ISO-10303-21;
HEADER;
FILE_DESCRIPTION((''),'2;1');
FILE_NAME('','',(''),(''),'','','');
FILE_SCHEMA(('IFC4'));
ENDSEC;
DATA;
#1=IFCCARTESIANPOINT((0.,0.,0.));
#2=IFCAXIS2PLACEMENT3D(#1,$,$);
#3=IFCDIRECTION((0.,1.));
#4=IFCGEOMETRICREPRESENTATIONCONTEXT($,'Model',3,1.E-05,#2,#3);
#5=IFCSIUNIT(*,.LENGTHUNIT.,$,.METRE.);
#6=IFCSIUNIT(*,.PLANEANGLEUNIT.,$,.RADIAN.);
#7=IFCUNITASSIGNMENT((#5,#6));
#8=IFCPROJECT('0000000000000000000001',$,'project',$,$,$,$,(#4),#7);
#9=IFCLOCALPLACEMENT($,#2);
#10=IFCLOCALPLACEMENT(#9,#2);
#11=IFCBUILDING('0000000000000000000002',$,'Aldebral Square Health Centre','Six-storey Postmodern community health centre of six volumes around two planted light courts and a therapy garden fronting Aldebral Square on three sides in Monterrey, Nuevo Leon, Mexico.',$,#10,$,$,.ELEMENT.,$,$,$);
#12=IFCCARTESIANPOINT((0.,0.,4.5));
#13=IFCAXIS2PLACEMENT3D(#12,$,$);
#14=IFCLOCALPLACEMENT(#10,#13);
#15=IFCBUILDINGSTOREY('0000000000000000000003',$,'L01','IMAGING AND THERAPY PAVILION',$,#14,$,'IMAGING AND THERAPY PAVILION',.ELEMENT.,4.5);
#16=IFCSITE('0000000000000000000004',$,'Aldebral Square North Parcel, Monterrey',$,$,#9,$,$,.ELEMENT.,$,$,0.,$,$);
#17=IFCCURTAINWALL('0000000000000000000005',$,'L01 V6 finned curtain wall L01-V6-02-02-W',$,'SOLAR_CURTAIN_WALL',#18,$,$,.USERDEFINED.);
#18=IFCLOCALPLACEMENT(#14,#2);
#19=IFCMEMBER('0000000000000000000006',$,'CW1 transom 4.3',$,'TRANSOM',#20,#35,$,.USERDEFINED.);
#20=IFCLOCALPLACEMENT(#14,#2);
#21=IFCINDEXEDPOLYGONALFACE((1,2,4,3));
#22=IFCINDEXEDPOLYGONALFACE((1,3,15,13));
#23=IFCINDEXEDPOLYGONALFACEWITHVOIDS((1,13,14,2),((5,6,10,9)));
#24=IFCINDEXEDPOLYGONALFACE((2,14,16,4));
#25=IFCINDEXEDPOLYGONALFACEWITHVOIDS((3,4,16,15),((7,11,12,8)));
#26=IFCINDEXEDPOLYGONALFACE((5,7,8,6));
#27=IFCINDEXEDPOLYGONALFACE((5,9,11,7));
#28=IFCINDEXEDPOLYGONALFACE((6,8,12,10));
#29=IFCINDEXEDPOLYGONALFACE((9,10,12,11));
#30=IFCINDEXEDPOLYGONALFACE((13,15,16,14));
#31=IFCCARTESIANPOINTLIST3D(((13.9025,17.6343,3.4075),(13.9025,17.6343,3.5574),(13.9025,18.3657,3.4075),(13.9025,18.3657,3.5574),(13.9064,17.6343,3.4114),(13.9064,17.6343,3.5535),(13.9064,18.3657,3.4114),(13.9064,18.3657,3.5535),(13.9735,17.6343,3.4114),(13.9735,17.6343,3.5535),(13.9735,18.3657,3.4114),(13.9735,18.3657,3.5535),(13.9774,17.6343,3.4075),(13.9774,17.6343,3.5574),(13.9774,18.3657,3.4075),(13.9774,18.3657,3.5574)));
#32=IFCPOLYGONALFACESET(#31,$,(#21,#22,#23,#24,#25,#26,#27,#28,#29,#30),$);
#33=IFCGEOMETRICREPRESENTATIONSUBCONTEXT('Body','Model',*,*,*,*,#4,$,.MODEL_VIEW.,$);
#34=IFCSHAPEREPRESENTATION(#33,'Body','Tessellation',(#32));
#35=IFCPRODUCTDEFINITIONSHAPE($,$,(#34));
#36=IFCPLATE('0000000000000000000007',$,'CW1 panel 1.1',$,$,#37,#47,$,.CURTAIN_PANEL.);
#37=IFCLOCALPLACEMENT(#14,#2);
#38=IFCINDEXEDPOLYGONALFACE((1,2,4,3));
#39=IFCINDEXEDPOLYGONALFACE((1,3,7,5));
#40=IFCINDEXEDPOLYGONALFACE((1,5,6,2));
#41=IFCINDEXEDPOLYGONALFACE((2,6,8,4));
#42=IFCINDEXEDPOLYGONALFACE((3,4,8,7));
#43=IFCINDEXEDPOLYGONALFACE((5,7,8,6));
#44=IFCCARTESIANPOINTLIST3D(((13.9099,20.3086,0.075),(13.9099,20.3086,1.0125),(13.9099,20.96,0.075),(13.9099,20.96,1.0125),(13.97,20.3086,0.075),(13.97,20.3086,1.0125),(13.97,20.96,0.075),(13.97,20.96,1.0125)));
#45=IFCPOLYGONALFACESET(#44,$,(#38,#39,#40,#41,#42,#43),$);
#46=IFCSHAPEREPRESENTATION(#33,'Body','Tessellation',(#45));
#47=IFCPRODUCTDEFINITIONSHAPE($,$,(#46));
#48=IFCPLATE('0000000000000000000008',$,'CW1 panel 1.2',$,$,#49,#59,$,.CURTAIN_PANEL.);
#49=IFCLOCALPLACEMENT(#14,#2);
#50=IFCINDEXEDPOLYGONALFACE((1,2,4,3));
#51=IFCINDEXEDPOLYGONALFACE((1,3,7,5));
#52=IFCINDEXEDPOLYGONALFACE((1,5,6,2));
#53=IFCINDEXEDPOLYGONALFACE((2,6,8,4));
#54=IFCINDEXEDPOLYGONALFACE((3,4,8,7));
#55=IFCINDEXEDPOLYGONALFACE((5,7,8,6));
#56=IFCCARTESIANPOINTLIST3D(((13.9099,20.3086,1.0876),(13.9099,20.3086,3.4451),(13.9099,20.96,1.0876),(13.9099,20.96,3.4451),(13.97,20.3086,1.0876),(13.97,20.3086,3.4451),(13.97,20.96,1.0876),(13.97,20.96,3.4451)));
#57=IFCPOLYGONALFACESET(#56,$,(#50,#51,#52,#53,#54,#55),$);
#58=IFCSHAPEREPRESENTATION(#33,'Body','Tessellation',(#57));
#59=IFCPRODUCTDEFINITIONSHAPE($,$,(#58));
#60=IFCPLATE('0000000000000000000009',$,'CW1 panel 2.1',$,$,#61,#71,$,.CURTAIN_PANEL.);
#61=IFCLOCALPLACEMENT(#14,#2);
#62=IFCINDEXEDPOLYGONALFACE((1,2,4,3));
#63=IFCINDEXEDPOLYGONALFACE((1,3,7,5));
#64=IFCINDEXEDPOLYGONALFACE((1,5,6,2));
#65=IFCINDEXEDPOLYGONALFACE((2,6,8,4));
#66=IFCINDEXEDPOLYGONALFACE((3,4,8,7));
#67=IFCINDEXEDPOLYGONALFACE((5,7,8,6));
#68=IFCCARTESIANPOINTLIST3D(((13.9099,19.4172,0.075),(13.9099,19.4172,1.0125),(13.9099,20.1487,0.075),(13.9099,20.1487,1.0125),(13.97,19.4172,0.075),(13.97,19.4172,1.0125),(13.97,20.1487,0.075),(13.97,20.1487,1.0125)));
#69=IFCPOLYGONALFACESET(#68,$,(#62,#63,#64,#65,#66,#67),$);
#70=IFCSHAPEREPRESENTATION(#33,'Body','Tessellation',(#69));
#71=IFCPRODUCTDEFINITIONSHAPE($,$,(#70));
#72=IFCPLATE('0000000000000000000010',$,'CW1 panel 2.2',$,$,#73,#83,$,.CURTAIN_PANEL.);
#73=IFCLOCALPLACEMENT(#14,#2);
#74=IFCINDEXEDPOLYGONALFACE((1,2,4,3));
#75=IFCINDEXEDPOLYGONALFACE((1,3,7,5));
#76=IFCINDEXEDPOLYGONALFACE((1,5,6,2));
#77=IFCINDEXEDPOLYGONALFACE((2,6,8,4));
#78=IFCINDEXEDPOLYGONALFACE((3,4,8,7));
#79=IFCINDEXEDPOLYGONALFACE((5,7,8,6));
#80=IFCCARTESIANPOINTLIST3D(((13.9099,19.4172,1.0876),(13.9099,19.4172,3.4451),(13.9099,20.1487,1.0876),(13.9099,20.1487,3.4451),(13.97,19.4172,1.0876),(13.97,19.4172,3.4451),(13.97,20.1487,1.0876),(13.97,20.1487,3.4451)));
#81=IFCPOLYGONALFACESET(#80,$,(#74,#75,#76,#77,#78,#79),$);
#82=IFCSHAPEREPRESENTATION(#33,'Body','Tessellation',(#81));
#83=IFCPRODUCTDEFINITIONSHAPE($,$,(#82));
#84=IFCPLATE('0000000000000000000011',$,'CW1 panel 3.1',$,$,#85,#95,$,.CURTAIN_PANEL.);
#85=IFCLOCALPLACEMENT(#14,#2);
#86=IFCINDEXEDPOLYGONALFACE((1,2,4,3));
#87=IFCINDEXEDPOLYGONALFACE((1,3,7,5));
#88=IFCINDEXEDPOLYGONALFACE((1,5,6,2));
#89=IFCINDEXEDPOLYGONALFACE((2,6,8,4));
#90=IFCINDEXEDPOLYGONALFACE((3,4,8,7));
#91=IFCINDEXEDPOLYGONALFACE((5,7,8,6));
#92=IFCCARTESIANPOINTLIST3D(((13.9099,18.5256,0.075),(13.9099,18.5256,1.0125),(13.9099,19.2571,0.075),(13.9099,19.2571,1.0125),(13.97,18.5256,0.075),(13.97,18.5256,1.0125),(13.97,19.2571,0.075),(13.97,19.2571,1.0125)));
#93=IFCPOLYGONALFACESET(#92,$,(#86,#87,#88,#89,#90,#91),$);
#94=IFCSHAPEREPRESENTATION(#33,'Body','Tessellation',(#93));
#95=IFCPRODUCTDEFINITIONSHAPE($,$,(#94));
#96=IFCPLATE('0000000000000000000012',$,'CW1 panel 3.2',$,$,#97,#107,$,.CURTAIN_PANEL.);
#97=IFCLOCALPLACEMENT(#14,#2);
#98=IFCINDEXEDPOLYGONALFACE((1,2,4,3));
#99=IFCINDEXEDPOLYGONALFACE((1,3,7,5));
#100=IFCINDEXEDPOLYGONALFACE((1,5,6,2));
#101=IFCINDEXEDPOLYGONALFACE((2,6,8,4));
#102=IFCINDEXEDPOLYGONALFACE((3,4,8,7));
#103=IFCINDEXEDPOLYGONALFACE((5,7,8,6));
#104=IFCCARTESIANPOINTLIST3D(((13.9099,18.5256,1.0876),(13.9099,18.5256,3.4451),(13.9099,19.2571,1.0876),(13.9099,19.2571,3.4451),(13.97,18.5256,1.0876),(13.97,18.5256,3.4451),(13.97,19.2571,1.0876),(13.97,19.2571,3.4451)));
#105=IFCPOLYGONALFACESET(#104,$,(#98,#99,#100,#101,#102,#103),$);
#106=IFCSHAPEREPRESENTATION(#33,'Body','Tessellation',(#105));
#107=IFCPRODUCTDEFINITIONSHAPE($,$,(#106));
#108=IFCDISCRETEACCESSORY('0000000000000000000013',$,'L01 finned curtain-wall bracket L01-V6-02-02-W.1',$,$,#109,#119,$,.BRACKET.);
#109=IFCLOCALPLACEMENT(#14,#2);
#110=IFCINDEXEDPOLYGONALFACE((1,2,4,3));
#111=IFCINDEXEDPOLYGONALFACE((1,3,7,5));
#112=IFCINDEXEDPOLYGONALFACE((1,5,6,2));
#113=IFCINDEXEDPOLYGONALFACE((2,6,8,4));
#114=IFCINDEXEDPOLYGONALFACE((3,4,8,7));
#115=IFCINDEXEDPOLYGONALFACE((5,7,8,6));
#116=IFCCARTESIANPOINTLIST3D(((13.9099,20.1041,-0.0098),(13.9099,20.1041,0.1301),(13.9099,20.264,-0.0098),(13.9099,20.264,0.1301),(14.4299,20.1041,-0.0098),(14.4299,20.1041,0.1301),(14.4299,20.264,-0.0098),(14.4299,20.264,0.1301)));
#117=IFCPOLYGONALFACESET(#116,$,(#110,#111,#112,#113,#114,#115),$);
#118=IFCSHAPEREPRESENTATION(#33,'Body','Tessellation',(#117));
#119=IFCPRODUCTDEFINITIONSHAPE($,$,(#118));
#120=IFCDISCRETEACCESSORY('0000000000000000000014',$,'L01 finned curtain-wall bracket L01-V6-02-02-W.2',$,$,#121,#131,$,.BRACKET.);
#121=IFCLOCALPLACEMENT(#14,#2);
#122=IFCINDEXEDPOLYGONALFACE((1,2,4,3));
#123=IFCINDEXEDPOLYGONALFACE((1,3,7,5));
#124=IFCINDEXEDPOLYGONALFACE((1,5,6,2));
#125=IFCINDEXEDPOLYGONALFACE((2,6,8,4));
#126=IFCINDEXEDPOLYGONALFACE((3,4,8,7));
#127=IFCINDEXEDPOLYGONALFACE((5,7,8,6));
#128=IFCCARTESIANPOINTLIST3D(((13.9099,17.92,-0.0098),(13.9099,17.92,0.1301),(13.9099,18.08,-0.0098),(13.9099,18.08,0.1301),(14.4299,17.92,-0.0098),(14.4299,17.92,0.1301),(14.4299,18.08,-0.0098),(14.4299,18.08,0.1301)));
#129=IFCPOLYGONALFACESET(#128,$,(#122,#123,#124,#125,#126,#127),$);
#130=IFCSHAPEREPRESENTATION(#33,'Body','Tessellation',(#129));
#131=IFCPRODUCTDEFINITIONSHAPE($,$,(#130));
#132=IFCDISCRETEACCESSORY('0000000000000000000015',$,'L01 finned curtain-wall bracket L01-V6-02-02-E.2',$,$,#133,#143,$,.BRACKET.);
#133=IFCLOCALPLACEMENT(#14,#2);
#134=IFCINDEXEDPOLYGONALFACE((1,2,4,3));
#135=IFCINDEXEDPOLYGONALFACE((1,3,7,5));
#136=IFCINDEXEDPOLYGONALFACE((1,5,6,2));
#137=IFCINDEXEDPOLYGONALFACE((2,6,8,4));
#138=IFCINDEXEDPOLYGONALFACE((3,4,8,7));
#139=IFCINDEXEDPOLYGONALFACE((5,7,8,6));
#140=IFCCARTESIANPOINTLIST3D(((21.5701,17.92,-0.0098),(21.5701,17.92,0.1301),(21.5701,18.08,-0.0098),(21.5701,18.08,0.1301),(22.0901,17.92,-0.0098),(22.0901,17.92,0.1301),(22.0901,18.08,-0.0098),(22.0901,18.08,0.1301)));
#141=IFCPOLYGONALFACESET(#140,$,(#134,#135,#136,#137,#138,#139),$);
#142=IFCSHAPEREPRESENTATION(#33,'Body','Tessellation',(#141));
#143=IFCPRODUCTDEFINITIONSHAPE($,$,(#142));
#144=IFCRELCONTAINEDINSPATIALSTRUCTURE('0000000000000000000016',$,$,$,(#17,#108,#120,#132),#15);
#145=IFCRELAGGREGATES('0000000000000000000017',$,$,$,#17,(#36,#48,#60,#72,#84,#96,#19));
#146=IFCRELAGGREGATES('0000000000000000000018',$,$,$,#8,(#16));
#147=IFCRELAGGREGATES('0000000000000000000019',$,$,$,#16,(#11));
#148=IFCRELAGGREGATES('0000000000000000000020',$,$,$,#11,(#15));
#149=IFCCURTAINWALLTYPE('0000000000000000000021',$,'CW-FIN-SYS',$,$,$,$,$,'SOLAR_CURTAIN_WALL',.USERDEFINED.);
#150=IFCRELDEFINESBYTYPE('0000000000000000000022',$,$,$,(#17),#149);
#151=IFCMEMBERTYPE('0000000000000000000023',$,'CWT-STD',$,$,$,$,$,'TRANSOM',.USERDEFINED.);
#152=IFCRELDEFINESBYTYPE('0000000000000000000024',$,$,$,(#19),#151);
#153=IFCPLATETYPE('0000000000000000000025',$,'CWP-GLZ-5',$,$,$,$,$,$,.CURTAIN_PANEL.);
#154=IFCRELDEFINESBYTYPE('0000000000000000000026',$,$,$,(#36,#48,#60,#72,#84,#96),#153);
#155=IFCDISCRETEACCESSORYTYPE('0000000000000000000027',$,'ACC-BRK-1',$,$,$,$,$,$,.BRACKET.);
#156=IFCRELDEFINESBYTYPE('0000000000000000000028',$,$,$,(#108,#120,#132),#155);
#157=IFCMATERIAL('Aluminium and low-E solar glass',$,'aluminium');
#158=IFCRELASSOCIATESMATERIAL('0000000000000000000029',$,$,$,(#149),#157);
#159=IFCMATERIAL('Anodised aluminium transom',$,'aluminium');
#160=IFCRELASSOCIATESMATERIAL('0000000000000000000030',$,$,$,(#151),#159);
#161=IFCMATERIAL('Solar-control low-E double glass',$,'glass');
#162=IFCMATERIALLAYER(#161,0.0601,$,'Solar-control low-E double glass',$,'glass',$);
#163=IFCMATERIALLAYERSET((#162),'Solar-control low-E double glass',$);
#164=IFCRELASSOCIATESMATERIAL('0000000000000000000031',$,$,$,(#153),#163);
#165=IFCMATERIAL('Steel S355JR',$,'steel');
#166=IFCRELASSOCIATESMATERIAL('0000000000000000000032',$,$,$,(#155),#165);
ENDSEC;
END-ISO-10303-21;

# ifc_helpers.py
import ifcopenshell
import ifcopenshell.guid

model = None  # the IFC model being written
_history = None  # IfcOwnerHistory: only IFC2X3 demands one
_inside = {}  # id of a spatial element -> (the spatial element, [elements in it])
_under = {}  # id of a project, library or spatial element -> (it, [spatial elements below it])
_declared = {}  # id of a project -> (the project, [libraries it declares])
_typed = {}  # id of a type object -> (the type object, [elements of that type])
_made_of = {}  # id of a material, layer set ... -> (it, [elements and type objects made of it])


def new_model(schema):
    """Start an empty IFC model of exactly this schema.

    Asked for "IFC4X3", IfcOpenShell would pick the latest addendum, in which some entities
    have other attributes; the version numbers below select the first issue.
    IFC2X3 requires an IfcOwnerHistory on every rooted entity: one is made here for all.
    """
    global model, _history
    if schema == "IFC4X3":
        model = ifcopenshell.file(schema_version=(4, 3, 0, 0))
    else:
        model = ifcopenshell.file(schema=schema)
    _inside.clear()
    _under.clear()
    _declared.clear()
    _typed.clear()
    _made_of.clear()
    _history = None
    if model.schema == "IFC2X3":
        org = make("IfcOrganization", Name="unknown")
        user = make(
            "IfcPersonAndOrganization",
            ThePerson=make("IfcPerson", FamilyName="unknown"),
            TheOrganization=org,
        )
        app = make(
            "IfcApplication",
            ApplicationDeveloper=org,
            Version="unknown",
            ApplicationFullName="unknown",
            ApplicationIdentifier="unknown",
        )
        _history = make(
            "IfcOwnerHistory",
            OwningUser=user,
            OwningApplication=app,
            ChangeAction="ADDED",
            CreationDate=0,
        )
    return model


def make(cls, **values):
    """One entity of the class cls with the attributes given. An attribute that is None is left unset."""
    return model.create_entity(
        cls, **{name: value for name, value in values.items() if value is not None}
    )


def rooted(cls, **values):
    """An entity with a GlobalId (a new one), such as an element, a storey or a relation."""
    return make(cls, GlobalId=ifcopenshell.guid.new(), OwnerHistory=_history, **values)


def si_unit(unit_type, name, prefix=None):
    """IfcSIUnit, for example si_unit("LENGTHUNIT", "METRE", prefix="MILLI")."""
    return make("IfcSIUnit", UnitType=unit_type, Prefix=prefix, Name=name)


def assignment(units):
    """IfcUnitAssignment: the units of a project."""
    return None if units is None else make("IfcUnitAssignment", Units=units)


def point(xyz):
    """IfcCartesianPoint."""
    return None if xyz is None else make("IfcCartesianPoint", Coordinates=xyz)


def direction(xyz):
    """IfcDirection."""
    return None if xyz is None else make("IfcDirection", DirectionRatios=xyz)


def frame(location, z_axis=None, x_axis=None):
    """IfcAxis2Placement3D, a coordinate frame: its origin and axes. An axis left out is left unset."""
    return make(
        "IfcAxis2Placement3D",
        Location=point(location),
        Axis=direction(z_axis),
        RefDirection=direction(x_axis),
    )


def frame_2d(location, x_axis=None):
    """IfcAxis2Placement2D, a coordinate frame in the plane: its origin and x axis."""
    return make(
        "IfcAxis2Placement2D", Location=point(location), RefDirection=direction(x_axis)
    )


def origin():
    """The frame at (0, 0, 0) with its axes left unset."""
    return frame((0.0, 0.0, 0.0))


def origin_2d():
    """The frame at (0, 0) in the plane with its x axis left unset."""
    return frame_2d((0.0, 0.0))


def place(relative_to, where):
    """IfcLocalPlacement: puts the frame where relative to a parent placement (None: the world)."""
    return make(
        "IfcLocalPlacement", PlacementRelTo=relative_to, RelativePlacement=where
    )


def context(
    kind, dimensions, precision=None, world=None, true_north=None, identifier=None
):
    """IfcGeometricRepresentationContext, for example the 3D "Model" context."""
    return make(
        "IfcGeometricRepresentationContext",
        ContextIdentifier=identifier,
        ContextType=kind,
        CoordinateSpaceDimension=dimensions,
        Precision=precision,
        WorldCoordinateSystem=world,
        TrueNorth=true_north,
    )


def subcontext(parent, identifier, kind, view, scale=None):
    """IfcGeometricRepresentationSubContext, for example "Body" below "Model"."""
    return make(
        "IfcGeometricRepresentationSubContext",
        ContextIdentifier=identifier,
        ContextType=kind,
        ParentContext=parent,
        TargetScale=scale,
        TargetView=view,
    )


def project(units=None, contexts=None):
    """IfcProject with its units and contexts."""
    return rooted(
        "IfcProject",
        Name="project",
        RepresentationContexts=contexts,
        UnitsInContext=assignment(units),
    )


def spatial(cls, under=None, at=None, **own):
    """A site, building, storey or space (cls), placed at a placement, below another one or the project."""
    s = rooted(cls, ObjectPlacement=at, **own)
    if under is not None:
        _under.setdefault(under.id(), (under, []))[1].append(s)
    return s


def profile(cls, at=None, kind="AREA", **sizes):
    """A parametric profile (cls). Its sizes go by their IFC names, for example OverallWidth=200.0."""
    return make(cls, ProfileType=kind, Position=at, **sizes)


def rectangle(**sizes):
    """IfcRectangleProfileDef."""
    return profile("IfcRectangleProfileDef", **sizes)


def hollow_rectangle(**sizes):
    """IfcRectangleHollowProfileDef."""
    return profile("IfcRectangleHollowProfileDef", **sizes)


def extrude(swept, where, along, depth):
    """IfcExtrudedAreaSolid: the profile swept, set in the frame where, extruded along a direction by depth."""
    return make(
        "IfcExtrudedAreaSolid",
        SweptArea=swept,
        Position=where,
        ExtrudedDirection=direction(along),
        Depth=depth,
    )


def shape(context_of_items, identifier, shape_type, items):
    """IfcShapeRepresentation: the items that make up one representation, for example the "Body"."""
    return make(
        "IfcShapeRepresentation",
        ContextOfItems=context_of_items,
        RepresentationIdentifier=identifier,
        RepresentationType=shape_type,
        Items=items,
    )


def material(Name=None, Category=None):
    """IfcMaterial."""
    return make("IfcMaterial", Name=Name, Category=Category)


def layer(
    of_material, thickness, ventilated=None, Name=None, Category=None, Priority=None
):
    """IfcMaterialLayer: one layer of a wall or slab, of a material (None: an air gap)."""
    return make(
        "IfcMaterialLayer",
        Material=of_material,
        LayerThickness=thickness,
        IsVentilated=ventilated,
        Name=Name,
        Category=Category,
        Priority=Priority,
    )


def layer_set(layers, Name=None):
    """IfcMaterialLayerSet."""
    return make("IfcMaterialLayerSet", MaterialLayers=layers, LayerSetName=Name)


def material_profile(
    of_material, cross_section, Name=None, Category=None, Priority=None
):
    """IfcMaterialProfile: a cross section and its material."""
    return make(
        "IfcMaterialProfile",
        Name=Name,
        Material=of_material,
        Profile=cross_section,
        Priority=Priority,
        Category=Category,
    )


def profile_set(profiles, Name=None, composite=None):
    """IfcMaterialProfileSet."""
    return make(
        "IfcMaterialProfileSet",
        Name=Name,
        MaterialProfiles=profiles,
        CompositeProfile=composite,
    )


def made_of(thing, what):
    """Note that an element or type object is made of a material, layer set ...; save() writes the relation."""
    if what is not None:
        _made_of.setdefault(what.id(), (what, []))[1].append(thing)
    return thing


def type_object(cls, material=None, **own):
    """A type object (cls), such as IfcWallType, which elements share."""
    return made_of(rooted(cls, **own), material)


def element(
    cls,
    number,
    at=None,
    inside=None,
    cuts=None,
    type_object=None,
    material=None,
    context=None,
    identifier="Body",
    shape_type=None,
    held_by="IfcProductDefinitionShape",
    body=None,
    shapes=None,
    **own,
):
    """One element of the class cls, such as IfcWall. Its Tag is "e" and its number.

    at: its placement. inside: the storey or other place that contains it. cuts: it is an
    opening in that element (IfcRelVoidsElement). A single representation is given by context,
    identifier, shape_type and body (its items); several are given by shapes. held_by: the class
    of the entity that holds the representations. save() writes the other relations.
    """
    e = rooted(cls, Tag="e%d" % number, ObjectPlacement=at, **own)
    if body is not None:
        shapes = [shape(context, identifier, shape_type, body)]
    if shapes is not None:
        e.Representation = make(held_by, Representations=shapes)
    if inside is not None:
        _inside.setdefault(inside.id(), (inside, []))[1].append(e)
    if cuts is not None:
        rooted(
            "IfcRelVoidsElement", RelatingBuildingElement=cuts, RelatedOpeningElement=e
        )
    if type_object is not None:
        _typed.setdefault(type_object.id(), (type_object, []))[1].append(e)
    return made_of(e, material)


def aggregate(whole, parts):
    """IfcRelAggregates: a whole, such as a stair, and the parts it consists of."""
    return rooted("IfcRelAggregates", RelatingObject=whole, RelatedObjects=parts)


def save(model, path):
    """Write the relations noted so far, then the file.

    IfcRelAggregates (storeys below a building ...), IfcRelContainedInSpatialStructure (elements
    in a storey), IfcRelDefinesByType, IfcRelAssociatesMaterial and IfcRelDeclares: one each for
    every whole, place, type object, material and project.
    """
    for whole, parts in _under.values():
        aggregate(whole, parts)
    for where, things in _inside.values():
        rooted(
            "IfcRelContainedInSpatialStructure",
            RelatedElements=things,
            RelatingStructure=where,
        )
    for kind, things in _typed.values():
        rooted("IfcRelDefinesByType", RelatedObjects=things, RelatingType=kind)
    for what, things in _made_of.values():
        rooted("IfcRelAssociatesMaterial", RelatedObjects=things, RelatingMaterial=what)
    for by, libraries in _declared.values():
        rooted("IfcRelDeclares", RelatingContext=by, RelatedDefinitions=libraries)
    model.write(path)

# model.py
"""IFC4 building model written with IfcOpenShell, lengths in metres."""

from ifc_helpers import new_model, si_unit, direction, frame, origin, origin_2d, place, context, subcontext, project, spatial, rectangle, hollow_rectangle, extrude, material, layer, layer_set, material_profile, profile_set, type_object, element, aggregate, save


model = new_model("IFC4")

# Units and contexts
model_context = context("Model", 3, precision=1e-05, world=origin(), true_north=direction((0.0, 1.0)))
body_context = subcontext(model_context, "Body", "Model", "MODEL_VIEW")
ifc_project = project(units=[si_unit("LENGTHUNIT", "METRE"), si_unit("PLANEANGLEUNIT", "RADIAN")], contexts=[model_context])

# Site, building, storey
site_placement = place(None, origin())
site = spatial("IfcSite", under=ifc_project, at=site_placement, Name="Aldebral Square North Parcel, Monterrey", CompositionType="ELEMENT", RefElevation=0.0)
building_placement = place(site_placement, origin())
building = spatial("IfcBuilding", under=site, at=building_placement, Name="Aldebral Square Health Centre", Description="Six-storey Postmodern community health centre of six volumes around two planted light courts and a therapy garden fronting Aldebral Square on three sides in Monterrey, Nuevo Leon, Mexico.", CompositionType="ELEMENT")
storey_placement = place(building_placement, frame((0.0, 0.0, 4.5)))
storey = spatial("IfcBuildingStorey", under=building, at=storey_placement, Name="L01", Description="IMAGING AND THERAPY PAVILION", LongName="IMAGING AND THERAPY PAVILION", CompositionType="ELEMENT", Elevation=4.5)

# Curtain wall, member, plates
ifc_material_1 = material(Name="Aluminium and low-E solar glass", Category="aluminium")
curtain_wall_type = type_object("IfcCurtainWallType", Name="CW-FIN-SYS", ElementType="SOLAR_CURTAIN_WALL", PredefinedType="USERDEFINED", material=ifc_material_1)
curtain_wall_placement = place(storey_placement, origin())
curtain_wall = element("IfcCurtainWall", 1, at=curtain_wall_placement, inside=storey, type_object=curtain_wall_type, Name="L01 V6 finned curtain wall L01-V6-02-02-W", ObjectType="SOLAR_CURTAIN_WALL", PredefinedType="USERDEFINED")
ifc_material_2 = material(Name="Anodised aluminium transom", Category="aluminium")
ifc_material_profile_1 = material_profile(ifc_material_2, hollow_rectangle(XDim=0.075, YDim=0.1499, WallThickness=0.0039, at=origin_2d()), Name="CWT 75x150x4")
ifc_profile_set_1 = profile_set([ifc_material_profile_1], Name="Anodised aluminium transom")
member_type_1 = type_object("IfcMemberType", Name="CWT-STD", ElementType="TRANSOM", PredefinedType="USERDEFINED", material=ifc_profile_set_1)
member_1_placement = place(storey_placement, frame((13.9399, 18.3657, 3.4824), z_axis=(0.0, -1.0, 0.0), x_axis=(1.0, 0.0, 0.0)))
member_1 = element("IfcMember", 2, at=member_1_placement, type_object=member_type_1, Name="CW1 transom 4.3", ObjectType="TRANSOM", PredefinedType="USERDEFINED", context=body_context, shape_type="SweptSolid", body=[
    extrude(hollow_rectangle(XDim=0.075, YDim=0.1499, WallThickness=0.0039, at=origin_2d()), origin(), (0.0, 0.0, 1.0), 0.7314),
])
ifc_material_3 = material(Name="Solar-control low-E double glass", Category="glass")
ifc_layer = layer(ifc_material_3, 0.0601, Name="Solar-control low-E double glass", Category="glass")
ifc_layer_set = layer_set([ifc_layer], Name="Solar-control low-E double glass")
plate_type = type_object("IfcPlateType", Name="CWP-GLZ-5", PredefinedType="CURTAIN_PANEL", material=ifc_layer_set)
plate_1_placement = place(storey_placement, frame((13.9399, 20.6343, 0.075), z_axis=(0.0, 0.0, 1.0), x_axis=(0.0, -1.0, 0.0)))
plate_1 = element("IfcPlate", 3, at=plate_1_placement, type_object=plate_type, Name="CW1 panel 1.1", PredefinedType="CURTAIN_PANEL", context=body_context, shape_type="SweptSolid", body=[
    extrude(rectangle(XDim=0.6514, YDim=0.0601, at=origin_2d()), origin(), (0.0, 0.0, 1.0), 0.9375),
])
plate_2_placement = place(storey_placement, frame((13.9399, 20.6343, 1.0876), z_axis=(0.0, 0.0, 1.0), x_axis=(0.0, -1.0, 0.0)))
plate_2 = element("IfcPlate", 4, at=plate_2_placement, type_object=plate_type, Name="CW1 panel 1.2", PredefinedType="CURTAIN_PANEL", context=body_context, shape_type="SweptSolid", body=[
    extrude(rectangle(XDim=0.6514, YDim=0.0601, at=origin_2d()), origin(), (0.0, 0.0, 1.0), 2.3574),
])
plate_3_placement = place(storey_placement, frame((13.9399, 19.783, 0.075), z_axis=(0.0, 0.0, 1.0), x_axis=(0.0, -1.0, 0.0)))
plate_3 = element("IfcPlate", 5, at=plate_3_placement, type_object=plate_type, Name="CW1 panel 2.1", PredefinedType="CURTAIN_PANEL", context=body_context, shape_type="SweptSolid", body=[
    extrude(rectangle(XDim=0.7314, YDim=0.0601, at=origin_2d()), origin(), (0.0, 0.0, 1.0), 0.9375),
])
plate_4_placement = place(storey_placement, frame((13.9399, 19.783, 1.0876), z_axis=(0.0, 0.0, 1.0), x_axis=(0.0, -1.0, 0.0)))
plate_4 = element("IfcPlate", 6, at=plate_4_placement, type_object=plate_type, Name="CW1 panel 2.2", PredefinedType="CURTAIN_PANEL", context=body_context, shape_type="SweptSolid", body=[
    extrude(rectangle(XDim=0.7314, YDim=0.0601, at=origin_2d()), origin(), (0.0, 0.0, 1.0), 2.3574),
])
plate_5_placement = place(storey_placement, frame((13.9399, 18.8914, 0.075), z_axis=(0.0, 0.0, 1.0), x_axis=(0.0, -1.0, 0.0)))
plate_5 = element("IfcPlate", 7, at=plate_5_placement, type_object=plate_type, Name="CW1 panel 3.1", PredefinedType="CURTAIN_PANEL", context=body_context, shape_type="SweptSolid", body=[
    extrude(rectangle(XDim=0.7314, YDim=0.0601, at=origin_2d()), origin(), (0.0, 0.0, 1.0), 0.9375),
])
plate_6_placement = place(storey_placement, frame((13.9399, 18.8914, 1.0876), z_axis=(0.0, 0.0, 1.0), x_axis=(0.0, -1.0, 0.0)))
plate_6 = element("IfcPlate", 8, at=plate_6_placement, type_object=plate_type, Name="CW1 panel 3.2", PredefinedType="CURTAIN_PANEL", context=body_context, shape_type="SweptSolid", body=[
    extrude(rectangle(XDim=0.7314, YDim=0.0601, at=origin_2d()), origin(), (0.0, 0.0, 1.0), 2.3574),
])
aggregate(curtain_wall, [plate_1, plate_2, plate_3, plate_4, plate_5, plate_6, member_1])

# Discrete accessories
ifc_material_4 = material(Name="Steel S355JR", Category="steel")
discrete_accessory_type = type_object("IfcDiscreteAccessoryType", Name="ACC-BRK-1", PredefinedType="BRACKET", material=ifc_material_4)
for number, where, z_axis, x_axis, name in (
    (9, (14.1699, 20.1841, -0.0098), (0.0, 0.0, 1.0), (0.0, 1.0, 0.0), "L01 finned curtain-wall bracket L01-V6-02-02-W.1"),
    (10, (14.1699, 18.0, -0.0098), (0.0, 0.0, 1.0), (0.0, 1.0, 0.0), "L01 finned curtain-wall bracket L01-V6-02-02-W.2"),
    (11, (21.8301, 18.0, -0.0098), (0.0, 0.0, 1.0), (0.0, 1.0, 0.0), "L01 finned curtain-wall bracket L01-V6-02-02-E.2"),
):
    element("IfcDiscreteAccessory", number, at=place(storey_placement, frame(where, z_axis=z_axis, x_axis=x_axis)), inside=storey, type_object=discrete_accessory_type, Name=name, PredefinedType="BRACKET", context=body_context, shape_type="SweptSolid", body=[
        extrude(rectangle(XDim=0.1599, YDim=0.52, at=origin_2d()), origin(), (0.0, 0.0, 1.0), 0.1399),
    ])

save(model, "model.ifc")
